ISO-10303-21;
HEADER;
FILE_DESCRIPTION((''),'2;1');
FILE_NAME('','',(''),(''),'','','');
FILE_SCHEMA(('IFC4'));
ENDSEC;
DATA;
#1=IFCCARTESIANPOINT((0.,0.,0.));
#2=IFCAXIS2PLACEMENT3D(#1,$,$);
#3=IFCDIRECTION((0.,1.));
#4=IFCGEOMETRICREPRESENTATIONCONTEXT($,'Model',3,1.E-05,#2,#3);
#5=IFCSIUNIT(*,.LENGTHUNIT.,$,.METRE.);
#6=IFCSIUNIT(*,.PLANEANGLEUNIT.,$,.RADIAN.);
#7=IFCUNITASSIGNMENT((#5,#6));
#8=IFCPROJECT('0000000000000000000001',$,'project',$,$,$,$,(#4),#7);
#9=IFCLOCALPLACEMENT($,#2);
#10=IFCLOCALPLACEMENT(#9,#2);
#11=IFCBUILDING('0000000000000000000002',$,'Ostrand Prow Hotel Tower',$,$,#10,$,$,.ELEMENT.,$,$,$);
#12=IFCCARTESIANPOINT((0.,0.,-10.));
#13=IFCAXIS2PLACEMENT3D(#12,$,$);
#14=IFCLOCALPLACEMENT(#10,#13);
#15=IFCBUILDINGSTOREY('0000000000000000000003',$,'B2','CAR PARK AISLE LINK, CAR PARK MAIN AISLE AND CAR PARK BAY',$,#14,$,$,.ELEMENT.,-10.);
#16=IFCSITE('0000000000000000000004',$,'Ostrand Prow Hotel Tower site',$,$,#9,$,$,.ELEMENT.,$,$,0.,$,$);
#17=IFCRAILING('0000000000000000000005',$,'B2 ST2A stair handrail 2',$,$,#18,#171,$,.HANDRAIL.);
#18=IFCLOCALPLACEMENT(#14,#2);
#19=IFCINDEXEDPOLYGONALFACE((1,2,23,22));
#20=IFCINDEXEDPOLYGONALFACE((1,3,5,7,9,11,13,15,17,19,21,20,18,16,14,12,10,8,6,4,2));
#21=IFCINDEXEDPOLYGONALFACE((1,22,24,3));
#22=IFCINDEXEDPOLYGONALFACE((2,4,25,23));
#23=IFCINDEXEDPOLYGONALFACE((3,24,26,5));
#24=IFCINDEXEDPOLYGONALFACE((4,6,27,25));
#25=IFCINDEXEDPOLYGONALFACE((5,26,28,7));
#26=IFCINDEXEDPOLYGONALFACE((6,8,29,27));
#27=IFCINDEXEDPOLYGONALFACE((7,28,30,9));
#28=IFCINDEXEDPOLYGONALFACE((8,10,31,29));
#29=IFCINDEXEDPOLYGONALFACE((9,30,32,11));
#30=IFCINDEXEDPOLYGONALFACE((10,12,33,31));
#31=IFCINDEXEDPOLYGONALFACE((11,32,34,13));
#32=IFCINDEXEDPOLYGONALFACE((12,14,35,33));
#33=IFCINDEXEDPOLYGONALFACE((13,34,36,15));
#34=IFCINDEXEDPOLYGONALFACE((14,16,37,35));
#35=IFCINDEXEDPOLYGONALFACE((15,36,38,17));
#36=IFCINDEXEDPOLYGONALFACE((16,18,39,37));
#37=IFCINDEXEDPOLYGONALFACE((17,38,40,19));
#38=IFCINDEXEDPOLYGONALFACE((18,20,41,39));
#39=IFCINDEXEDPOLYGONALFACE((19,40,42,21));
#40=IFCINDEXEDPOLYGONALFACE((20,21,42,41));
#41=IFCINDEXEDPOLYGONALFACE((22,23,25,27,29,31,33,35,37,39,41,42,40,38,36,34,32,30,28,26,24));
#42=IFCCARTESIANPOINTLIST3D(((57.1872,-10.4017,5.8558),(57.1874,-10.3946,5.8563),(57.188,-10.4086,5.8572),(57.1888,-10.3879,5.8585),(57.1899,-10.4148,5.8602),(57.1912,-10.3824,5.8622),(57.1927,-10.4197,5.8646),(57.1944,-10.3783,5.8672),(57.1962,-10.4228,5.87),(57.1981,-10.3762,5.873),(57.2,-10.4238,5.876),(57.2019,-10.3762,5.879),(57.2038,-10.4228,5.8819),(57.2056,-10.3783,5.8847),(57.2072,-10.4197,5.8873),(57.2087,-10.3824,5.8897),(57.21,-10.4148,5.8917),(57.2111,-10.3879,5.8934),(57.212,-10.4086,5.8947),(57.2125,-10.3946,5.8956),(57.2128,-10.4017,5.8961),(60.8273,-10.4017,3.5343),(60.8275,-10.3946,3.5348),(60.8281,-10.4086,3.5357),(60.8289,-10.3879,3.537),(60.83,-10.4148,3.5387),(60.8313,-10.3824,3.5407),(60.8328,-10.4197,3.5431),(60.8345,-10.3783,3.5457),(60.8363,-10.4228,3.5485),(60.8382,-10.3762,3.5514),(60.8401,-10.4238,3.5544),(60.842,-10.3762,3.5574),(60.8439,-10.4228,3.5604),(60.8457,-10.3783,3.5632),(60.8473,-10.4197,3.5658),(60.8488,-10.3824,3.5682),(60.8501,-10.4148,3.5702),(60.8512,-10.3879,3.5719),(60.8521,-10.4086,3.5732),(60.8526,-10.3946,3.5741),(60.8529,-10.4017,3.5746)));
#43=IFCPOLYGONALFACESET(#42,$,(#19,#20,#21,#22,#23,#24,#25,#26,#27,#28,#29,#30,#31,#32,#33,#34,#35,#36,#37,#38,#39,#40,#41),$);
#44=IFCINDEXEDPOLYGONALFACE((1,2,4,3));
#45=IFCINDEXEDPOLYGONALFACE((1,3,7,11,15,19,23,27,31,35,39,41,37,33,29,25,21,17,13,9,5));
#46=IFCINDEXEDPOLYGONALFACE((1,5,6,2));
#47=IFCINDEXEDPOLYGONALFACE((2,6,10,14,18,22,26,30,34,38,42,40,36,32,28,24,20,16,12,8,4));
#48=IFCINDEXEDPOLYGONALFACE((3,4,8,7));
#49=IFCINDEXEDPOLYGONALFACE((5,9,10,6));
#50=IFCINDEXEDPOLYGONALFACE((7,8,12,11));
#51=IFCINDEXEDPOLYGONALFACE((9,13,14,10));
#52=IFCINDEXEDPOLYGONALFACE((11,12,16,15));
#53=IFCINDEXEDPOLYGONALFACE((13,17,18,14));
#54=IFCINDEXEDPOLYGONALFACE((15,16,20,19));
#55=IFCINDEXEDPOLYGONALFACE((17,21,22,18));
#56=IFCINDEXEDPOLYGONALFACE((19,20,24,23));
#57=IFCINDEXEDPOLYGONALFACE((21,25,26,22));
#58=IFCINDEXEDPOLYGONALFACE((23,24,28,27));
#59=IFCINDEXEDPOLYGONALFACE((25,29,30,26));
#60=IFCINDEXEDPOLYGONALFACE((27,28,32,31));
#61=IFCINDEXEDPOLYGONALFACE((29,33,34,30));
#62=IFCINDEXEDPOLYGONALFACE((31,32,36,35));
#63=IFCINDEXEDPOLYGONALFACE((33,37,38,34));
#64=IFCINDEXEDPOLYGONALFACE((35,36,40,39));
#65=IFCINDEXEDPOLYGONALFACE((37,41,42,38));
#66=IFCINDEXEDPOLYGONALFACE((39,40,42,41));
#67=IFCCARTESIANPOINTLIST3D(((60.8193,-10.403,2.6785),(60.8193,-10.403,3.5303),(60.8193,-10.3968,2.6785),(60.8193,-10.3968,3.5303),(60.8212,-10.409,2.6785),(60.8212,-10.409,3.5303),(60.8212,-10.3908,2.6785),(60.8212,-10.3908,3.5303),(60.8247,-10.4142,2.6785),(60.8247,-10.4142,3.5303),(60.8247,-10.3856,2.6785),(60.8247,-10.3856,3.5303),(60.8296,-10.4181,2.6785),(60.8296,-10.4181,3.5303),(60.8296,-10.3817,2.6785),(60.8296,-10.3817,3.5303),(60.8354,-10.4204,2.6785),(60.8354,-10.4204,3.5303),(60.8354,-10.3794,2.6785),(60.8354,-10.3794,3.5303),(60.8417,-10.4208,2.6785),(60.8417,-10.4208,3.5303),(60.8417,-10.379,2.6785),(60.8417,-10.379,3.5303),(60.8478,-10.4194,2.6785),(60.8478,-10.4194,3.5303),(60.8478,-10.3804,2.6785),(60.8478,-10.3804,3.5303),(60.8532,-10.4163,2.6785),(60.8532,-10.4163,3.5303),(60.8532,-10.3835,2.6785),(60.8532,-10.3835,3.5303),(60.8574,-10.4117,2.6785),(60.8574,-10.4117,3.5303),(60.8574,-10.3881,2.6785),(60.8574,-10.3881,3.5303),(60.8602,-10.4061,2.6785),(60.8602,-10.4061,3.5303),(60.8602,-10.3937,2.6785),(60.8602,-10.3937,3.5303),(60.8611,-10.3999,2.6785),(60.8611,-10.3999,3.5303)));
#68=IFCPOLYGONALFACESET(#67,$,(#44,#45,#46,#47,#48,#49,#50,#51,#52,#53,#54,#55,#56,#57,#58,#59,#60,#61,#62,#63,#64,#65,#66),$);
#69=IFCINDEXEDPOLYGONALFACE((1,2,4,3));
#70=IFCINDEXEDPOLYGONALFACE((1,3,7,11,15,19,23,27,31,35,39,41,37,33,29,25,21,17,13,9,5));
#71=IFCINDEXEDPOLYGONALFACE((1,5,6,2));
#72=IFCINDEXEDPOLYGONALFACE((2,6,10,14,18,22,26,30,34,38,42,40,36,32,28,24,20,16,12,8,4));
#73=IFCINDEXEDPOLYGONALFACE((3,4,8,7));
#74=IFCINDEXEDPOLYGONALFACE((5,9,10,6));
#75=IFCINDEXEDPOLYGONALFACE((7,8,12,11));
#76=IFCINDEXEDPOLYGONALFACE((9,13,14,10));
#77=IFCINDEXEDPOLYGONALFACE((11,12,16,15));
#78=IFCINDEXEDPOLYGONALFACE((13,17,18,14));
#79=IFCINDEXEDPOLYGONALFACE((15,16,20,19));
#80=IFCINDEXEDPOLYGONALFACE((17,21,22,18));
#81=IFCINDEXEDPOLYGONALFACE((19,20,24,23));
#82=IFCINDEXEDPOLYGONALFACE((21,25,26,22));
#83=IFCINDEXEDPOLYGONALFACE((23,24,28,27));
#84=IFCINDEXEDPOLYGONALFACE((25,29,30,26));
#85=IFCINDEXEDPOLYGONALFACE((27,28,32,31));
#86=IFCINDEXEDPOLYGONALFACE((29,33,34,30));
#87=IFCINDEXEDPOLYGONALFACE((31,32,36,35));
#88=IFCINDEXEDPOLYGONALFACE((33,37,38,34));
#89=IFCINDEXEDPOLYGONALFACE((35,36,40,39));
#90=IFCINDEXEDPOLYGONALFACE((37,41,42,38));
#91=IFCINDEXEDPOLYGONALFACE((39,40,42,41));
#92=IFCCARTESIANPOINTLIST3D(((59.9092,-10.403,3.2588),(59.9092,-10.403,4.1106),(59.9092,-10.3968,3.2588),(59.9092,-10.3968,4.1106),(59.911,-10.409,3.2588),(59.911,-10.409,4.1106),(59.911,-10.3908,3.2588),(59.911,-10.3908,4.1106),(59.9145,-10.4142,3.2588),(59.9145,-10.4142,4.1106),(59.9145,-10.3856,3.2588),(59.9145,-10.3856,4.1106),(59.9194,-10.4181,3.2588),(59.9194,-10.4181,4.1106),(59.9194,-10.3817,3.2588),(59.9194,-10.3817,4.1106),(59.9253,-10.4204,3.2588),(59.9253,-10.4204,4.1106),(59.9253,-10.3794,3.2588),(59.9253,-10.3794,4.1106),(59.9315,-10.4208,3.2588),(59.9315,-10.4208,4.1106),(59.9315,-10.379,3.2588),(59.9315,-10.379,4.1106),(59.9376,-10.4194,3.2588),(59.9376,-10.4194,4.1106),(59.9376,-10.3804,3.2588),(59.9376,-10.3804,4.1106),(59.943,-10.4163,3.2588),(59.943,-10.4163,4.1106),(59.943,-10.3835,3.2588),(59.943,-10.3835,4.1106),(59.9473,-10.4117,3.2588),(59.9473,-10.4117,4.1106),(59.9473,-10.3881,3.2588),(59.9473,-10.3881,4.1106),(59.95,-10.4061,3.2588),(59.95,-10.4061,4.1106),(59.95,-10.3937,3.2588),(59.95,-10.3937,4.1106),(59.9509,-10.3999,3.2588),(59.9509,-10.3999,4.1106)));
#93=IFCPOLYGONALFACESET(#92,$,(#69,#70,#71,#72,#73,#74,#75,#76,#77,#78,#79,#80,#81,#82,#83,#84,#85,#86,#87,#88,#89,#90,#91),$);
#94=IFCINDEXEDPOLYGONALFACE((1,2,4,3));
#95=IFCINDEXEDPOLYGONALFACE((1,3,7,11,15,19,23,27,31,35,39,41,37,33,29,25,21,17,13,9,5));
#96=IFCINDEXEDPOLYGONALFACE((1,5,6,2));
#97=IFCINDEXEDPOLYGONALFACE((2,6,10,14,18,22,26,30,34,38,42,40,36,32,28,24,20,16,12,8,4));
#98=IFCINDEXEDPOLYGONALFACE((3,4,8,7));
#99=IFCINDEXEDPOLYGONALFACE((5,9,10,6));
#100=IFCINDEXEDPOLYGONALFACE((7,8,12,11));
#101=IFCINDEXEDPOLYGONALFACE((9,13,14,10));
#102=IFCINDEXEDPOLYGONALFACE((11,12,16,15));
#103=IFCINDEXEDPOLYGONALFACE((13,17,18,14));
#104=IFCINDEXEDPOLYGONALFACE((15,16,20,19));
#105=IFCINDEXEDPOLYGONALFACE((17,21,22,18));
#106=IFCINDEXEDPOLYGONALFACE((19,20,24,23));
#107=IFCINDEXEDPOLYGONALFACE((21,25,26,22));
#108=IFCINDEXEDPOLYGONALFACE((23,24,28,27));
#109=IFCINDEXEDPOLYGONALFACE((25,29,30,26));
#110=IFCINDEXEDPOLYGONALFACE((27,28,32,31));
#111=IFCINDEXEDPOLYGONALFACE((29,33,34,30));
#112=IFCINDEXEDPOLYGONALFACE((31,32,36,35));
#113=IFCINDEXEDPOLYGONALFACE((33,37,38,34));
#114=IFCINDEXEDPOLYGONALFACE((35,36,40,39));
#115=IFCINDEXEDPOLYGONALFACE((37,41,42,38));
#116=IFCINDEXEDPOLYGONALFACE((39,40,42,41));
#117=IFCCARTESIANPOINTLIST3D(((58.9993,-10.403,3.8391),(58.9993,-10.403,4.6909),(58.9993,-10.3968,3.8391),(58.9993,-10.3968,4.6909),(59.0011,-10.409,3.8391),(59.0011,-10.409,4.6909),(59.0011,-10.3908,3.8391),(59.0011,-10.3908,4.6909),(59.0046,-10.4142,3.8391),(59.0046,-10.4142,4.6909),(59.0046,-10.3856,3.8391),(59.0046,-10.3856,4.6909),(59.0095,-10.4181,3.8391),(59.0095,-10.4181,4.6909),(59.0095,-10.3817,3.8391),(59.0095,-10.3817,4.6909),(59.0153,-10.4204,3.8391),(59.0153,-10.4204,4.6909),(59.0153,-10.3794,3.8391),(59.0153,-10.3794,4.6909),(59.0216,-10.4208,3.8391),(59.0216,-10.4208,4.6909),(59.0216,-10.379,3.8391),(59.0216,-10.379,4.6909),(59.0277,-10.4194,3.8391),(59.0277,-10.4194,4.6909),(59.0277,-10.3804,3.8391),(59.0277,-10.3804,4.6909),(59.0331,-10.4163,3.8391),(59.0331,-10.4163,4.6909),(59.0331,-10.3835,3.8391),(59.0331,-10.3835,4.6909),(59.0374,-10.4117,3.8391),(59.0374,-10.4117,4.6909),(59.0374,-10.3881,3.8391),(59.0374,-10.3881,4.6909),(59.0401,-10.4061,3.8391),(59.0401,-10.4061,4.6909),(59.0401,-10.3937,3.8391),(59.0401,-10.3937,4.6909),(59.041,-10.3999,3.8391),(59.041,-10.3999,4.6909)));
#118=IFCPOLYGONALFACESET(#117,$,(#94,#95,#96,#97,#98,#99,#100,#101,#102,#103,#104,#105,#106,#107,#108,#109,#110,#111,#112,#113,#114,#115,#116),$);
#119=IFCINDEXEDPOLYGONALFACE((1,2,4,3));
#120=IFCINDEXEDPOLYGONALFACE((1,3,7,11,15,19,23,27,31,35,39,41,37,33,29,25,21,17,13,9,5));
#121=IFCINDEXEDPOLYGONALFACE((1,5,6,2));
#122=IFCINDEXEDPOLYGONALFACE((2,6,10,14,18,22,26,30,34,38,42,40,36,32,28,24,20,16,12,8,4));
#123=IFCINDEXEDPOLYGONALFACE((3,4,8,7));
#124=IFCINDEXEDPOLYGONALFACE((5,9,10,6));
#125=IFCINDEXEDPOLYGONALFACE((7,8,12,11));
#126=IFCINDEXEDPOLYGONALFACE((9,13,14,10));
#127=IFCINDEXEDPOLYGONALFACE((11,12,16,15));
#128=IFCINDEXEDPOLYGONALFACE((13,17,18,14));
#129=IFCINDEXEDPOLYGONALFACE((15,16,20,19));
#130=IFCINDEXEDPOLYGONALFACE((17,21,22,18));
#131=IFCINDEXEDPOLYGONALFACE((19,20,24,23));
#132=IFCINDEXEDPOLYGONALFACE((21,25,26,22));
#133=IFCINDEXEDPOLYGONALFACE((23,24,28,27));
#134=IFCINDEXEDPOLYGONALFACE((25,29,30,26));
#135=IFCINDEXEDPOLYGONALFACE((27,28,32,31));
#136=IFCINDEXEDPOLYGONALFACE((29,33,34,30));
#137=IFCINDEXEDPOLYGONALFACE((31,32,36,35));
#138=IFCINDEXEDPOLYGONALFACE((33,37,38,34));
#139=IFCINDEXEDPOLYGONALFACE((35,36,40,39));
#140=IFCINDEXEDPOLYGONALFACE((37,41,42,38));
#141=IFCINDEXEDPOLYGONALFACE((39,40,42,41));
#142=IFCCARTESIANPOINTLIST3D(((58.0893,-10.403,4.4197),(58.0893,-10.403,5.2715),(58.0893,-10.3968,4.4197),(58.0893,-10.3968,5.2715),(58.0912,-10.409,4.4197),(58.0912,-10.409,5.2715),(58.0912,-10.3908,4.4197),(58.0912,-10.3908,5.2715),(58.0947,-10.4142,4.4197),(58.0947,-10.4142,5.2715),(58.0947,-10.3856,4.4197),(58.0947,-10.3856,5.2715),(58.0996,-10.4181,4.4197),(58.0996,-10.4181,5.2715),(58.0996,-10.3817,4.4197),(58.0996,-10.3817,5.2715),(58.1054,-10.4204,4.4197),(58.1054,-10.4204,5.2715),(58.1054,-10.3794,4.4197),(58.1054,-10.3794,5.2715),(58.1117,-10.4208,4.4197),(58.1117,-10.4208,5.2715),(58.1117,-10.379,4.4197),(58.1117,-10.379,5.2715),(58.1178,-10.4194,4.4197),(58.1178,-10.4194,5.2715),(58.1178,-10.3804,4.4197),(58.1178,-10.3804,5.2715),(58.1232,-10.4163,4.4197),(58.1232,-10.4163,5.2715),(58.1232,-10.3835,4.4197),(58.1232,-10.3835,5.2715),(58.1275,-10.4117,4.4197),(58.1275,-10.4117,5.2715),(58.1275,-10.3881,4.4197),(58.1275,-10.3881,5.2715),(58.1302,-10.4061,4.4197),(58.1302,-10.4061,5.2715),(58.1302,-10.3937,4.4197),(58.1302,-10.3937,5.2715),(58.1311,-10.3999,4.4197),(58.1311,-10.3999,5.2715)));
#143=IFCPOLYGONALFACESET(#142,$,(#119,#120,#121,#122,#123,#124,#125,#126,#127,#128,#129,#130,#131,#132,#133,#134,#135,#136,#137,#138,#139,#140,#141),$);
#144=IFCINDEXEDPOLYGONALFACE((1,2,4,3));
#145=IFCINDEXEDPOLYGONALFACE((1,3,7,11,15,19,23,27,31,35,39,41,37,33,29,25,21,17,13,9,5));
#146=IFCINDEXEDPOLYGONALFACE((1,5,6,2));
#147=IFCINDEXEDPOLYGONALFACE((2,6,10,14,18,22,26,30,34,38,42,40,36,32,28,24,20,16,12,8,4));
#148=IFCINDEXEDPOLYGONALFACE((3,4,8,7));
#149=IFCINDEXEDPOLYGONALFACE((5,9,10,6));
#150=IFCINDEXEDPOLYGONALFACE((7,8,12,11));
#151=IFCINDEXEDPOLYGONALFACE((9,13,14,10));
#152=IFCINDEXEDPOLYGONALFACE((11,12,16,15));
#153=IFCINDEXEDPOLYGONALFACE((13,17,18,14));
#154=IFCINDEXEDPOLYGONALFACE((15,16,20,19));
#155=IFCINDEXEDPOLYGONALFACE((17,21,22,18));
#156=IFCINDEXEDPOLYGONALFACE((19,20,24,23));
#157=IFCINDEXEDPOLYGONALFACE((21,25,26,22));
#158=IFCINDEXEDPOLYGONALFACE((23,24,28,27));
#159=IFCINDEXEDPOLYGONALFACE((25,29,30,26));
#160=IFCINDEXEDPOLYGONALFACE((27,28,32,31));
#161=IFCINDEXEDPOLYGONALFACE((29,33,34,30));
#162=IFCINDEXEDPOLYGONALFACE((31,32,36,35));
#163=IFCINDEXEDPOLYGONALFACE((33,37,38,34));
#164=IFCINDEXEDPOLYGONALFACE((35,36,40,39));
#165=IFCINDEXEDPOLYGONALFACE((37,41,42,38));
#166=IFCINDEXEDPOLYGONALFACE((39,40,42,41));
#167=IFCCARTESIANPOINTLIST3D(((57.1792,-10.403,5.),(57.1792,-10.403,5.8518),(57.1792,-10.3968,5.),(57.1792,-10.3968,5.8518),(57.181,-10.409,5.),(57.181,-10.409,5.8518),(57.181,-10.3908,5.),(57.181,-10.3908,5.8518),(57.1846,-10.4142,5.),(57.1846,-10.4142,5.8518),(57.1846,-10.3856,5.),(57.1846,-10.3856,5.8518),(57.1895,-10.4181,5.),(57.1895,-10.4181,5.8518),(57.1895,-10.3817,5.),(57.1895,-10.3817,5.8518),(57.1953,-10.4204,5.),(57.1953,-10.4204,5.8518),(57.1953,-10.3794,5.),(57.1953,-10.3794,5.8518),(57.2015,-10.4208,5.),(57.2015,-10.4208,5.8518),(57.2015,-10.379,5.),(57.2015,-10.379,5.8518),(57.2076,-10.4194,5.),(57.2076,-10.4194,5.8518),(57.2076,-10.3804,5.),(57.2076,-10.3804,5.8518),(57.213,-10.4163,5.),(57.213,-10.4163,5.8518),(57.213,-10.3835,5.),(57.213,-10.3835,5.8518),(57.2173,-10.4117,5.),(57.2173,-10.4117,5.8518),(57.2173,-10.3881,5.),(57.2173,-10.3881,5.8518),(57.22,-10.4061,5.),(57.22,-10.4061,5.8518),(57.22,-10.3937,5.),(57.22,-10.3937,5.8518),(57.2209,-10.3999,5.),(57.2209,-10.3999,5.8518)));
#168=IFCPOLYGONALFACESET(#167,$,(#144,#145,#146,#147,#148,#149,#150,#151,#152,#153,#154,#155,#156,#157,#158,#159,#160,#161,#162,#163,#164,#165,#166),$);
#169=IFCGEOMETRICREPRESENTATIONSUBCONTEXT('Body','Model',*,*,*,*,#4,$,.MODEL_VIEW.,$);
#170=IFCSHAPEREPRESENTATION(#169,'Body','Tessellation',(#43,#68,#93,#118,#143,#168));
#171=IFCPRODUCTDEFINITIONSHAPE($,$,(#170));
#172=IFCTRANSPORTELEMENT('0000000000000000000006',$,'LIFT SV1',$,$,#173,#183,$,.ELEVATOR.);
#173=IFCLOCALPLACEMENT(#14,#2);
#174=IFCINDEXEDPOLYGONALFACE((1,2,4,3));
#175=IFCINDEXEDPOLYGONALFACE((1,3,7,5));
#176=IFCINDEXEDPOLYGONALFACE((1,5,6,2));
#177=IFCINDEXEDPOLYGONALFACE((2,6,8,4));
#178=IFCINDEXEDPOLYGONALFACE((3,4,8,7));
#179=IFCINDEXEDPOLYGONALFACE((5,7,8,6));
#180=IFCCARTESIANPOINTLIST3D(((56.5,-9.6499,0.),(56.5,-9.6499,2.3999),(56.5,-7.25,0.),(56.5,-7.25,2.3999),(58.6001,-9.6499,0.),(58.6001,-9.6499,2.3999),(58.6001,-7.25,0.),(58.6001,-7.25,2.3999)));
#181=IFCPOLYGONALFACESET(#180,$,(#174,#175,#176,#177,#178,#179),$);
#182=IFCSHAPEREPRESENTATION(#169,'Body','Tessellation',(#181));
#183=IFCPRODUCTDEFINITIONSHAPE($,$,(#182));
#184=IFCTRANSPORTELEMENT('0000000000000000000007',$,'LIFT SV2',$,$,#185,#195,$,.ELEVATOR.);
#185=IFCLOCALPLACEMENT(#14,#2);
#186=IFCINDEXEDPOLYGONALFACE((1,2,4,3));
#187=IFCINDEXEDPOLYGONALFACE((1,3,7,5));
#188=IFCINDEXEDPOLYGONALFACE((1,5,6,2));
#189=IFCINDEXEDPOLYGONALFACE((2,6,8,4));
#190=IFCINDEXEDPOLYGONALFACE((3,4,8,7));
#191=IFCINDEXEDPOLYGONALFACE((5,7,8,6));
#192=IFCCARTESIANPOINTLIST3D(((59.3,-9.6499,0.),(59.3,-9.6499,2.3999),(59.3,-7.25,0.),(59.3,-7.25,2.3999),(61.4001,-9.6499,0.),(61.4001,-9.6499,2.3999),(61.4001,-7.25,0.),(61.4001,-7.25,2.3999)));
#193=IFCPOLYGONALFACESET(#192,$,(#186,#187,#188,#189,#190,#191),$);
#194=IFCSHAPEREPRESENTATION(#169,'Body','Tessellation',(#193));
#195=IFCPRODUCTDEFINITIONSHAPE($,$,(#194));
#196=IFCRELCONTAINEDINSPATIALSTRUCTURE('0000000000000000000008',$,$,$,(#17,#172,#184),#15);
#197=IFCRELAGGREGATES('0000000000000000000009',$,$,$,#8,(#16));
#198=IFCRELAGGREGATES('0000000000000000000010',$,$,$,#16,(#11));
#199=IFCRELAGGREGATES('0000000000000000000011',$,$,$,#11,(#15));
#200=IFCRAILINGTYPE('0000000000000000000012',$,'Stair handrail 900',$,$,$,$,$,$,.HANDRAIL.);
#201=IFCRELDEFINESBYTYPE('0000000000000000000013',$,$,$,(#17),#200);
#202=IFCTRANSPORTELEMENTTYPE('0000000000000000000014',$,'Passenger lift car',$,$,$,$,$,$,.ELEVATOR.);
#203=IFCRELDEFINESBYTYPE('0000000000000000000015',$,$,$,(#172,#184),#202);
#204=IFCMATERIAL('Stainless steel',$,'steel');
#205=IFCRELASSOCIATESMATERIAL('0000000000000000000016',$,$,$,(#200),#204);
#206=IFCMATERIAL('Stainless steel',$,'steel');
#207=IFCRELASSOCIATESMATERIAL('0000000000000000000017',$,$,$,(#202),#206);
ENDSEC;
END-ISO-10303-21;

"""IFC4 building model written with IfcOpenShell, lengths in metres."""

from ifc_helpers import new_model, si_unit, direction, frame, origin, origin_2d, place, context, subcontext, project, spatial, rectangle, circle, extrude, material, type_object, element, save


model = new_model("IFC4")

# Units and contexts
model_context = context("Model", 3, precision=1e-05, world=origin(), true_north=direction((0.0, 1.0)))
body_context = subcontext(model_context, "Body", "Model", "MODEL_VIEW")
ifc_project = project(units=[si_unit("LENGTHUNIT", "METRE"), si_unit("PLANEANGLEUNIT", "RADIAN")], contexts=[model_context])

# Site, building, storey
site_placement = place(None, origin())
site = spatial("IfcSite", under=ifc_project, at=site_placement, Name="Ostrand Prow Hotel Tower site", CompositionType="ELEMENT", RefElevation=0.0)
building_placement = place(site_placement, origin())
building = spatial("IfcBuilding", under=site, at=building_placement, Name="Ostrand Prow Hotel Tower", CompositionType="ELEMENT")
storey_placement = place(building_placement, frame((0.0, 0.0, -10.0)))
storey = spatial("IfcBuildingStorey", under=building, at=storey_placement, Name="B2", Description="CAR PARK AISLE LINK, CAR PARK MAIN AISLE AND CAR PARK BAY", CompositionType="ELEMENT", Elevation=-10.0)

# Railing
ifc_material_1 = material(Name="Stainless steel", Category="steel")
railing_type_1 = type_object("IfcRailingType", Name="Stair handrail 900", PredefinedType="HANDRAIL", material=ifc_material_1)
railing_1_placement = place(storey_placement, frame((60.8401, -10.3999, 2.6785)))
element("IfcRailing", 1, at=railing_1_placement, inside=storey, type_object=railing_type_1, Name="B2 ST2A stair handrail 2", PredefinedType="HANDRAIL", context=body_context, shape_type="SweptSolid", body=[
    extrude(circle(Radius=0.0239, at=origin_2d()), frame((0.0, 0.0, 0.876), z_axis=(-0.843128, 0.0, 0.537713), x_axis=(0.0, -1.0, 0.0)), (0.0, 0.0, 1.0), 4.3174),
    extrude(circle(Radius=0.021, at=origin_2d()), origin(), (0.0, 0.0, 1.0), 0.8518),
    extrude(circle(Radius=0.021, at=origin_2d()), frame((-0.9102, 0.0, 0.5803)), (0.0, 0.0, 1.0), 0.8518),
    extrude(circle(Radius=0.021, at=origin_2d()), frame((-1.8201, 0.0, 1.1606)), (0.0, 0.0, 1.0), 0.8518),
    extrude(circle(Radius=0.021, at=origin_2d()), frame((-2.73, 0.0, 1.7412)), (0.0, 0.0, 1.0), 0.8518),
    extrude(circle(Radius=0.021, at=origin_2d()), frame((-3.6401, 0.0, 2.3215)), (0.0, 0.0, 1.0), 0.8518),
])

# Transport elements
ifc_material_2 = material(Name="Stainless steel", Category="steel")
transport_element_type = type_object("IfcTransportElementType", Name="Passenger lift car", PredefinedType="ELEVATOR", material=ifc_material_2)
for number, where, z_axis, x_axis, name in (
    (2, (57.55, -8.45, 0.0), (0.0, 0.0, 1.0), (1.0, 0.0, 0.0), "LIFT SV1"),
    (3, (60.3501, -8.45, 0.0), (0.0, 0.0, 1.0), (1.0, 0.0, 0.0), "LIFT SV2"),
):
    element("IfcTransportElement", number, at=place(storey_placement, frame(where, z_axis=z_axis, x_axis=x_axis)), inside=storey, type_object=transport_element_type, Name=name, PredefinedType="ELEVATOR", context=body_context, shape_type="SweptSolid", body=[
        extrude(rectangle(XDim=2.1001, YDim=2.3999, at=origin_2d()), origin(), (0.0, 0.0, 1.0), 2.3999),
    ])

save(model, "model.ifc")
